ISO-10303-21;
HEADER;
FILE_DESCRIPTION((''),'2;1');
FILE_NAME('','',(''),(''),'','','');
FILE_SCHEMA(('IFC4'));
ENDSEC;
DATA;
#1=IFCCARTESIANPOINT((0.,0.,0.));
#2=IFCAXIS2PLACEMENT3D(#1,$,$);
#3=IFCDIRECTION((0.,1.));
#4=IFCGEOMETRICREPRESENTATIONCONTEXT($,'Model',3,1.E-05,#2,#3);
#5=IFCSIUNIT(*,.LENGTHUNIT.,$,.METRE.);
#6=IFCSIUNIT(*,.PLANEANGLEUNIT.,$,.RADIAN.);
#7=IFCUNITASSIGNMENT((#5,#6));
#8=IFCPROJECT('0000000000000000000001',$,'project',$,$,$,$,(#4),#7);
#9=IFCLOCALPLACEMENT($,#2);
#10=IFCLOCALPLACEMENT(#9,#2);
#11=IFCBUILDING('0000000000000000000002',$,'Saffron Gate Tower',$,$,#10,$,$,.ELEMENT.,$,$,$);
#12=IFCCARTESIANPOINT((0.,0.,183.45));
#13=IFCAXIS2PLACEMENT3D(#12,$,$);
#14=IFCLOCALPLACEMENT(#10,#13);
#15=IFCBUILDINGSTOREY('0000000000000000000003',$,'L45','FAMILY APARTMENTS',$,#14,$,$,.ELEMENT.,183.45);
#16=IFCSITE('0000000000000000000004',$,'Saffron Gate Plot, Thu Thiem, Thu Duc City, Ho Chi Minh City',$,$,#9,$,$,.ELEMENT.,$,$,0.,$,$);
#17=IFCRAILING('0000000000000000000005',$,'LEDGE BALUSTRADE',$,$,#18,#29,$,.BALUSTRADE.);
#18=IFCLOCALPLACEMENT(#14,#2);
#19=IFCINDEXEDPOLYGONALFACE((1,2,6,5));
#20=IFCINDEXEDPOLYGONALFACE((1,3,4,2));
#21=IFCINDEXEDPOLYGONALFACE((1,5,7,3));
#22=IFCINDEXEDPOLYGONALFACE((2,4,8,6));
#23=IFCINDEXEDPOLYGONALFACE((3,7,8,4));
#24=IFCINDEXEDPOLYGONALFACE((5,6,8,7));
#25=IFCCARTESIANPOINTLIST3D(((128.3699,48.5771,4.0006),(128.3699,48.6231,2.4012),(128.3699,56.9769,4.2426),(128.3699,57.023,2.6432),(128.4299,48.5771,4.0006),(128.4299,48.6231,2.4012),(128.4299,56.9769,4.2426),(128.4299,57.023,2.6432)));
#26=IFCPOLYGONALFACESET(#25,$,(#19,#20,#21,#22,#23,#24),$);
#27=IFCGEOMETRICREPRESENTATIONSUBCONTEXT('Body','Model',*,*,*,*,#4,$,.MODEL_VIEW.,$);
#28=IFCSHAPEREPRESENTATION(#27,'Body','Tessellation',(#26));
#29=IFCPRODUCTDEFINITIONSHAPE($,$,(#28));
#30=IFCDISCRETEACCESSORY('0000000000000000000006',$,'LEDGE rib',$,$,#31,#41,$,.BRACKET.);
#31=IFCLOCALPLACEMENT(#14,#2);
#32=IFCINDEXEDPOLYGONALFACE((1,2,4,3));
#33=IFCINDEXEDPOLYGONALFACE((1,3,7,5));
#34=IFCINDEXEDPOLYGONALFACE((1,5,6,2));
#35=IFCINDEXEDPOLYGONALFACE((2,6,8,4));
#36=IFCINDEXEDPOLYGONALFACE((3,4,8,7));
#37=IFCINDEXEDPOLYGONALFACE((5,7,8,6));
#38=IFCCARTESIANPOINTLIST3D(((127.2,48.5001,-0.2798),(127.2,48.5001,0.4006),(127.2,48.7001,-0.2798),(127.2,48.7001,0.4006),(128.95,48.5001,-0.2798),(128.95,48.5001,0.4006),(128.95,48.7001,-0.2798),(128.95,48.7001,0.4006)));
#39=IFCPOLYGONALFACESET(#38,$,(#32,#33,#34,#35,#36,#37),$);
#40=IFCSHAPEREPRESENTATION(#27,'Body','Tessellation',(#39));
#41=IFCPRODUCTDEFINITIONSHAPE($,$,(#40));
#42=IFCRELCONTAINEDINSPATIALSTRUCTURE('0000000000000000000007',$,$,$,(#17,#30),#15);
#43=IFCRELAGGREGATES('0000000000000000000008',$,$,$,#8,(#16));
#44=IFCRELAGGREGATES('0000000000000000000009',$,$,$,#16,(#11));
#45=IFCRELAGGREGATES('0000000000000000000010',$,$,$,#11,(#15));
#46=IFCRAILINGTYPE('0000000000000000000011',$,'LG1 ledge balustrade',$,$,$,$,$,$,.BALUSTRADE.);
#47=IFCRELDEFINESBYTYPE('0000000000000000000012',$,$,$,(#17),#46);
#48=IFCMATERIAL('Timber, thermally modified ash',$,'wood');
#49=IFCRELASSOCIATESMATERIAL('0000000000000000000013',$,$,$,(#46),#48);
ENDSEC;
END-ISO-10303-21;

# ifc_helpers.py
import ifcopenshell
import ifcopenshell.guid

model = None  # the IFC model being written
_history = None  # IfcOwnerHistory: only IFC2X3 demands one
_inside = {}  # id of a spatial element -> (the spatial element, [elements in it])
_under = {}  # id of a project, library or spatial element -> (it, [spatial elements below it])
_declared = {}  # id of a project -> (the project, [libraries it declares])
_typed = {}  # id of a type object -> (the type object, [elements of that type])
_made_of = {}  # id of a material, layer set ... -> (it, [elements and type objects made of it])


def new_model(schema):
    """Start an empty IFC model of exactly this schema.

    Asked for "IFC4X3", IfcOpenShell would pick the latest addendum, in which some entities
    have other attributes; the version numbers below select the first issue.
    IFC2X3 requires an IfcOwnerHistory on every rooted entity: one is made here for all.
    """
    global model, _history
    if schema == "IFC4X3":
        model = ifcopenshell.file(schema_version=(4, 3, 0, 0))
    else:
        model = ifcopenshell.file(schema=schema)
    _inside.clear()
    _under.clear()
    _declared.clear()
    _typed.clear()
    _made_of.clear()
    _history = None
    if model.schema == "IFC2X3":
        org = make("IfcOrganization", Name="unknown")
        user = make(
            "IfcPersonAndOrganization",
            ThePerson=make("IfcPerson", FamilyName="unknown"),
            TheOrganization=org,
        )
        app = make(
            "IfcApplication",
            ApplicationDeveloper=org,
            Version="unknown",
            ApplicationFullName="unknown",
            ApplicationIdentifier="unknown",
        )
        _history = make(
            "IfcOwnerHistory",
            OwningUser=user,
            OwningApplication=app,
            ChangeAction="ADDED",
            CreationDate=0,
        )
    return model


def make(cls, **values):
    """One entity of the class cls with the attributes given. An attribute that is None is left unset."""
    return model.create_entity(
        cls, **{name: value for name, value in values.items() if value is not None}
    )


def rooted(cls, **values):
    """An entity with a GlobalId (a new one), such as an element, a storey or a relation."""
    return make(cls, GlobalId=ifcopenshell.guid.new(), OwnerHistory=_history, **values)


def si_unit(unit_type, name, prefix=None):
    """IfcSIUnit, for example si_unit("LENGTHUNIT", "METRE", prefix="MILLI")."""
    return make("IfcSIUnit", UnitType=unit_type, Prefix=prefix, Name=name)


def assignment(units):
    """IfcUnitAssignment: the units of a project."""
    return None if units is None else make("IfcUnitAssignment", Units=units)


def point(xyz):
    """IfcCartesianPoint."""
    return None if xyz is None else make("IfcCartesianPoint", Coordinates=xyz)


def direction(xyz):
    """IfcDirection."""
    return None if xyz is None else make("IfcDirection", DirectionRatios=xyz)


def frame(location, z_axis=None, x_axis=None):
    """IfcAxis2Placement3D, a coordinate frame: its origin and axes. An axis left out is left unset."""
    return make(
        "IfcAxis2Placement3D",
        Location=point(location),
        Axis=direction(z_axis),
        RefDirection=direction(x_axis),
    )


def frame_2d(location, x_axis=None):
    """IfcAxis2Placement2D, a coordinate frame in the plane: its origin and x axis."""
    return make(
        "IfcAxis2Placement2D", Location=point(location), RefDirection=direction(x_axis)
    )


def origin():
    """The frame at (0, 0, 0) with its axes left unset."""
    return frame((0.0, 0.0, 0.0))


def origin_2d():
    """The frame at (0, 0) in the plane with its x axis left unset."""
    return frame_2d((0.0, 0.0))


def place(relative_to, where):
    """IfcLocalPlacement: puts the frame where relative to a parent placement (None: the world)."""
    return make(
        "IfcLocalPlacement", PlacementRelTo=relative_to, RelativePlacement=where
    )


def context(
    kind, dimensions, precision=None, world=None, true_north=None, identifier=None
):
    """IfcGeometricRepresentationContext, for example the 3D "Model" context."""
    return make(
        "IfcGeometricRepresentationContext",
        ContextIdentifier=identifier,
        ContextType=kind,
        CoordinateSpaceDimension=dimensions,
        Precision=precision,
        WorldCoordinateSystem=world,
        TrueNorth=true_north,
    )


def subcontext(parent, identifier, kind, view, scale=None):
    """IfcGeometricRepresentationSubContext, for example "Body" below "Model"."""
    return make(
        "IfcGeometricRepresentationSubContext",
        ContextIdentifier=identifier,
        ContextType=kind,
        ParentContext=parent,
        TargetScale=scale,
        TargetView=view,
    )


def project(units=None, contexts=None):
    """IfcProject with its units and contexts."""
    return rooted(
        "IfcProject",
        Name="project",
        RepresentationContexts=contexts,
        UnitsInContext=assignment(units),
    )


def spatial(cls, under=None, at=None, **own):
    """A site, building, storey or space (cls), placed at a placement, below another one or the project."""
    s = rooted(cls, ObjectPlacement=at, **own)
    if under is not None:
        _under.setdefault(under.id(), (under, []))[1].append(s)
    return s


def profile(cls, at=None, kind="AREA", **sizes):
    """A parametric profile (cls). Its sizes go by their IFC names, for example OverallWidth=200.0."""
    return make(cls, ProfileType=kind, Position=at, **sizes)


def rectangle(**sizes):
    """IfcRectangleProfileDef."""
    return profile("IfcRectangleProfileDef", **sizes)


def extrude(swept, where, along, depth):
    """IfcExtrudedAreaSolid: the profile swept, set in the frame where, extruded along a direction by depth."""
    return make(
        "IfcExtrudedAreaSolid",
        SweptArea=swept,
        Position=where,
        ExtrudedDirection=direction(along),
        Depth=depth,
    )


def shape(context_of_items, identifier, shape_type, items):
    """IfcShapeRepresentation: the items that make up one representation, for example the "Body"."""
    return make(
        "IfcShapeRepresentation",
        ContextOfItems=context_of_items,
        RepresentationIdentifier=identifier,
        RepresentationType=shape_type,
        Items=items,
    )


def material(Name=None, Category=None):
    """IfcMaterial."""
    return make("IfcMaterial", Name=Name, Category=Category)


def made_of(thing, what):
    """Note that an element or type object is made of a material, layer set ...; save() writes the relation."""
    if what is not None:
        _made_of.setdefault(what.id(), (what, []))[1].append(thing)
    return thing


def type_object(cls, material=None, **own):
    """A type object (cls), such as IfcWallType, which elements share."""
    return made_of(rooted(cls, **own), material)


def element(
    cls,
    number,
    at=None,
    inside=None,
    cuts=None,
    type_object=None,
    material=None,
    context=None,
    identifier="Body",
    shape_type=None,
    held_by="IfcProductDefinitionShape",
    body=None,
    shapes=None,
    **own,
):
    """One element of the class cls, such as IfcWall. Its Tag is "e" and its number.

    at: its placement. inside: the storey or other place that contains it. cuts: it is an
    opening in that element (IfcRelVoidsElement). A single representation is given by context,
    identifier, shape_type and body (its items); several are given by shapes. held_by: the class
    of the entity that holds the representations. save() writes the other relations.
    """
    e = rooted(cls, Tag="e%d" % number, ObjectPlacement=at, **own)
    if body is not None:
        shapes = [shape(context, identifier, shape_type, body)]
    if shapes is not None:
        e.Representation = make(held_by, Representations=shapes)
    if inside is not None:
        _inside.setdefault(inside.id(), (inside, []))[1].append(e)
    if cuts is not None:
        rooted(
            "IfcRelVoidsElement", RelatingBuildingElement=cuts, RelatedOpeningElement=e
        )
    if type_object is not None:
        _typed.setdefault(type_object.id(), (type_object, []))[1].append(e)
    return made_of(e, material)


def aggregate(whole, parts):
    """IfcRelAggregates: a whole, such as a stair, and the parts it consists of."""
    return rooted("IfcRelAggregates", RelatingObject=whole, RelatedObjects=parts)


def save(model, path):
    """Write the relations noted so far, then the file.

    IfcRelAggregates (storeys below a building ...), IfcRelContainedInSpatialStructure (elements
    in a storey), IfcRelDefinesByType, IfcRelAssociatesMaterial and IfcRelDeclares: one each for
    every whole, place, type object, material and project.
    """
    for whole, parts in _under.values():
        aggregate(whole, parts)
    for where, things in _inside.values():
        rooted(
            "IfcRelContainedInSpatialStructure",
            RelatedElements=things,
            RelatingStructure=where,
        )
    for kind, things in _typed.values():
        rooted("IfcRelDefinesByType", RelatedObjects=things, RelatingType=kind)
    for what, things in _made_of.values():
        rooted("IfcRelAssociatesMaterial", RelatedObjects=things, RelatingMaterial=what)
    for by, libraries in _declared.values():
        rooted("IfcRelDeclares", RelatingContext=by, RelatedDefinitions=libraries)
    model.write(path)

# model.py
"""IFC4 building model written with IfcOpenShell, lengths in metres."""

from ifc_helpers import new_model, si_unit, direction, frame, origin, origin_2d, place, context, subcontext, project, spatial, rectangle, extrude, material, type_object, element, save


model = new_model("IFC4")

# Units and contexts
model_context = context("Model", 3, precision=1e-05, world=origin(), true_north=direction((0.0, 1.0)))
body_context = subcontext(model_context, "Body", "Model", "MODEL_VIEW")
ifc_project = project(units=[si_unit("LENGTHUNIT", "METRE"), si_unit("PLANEANGLEUNIT", "RADIAN")], contexts=[model_context])

# Site, building, storey
site_placement = place(None, origin())
site = spatial("IfcSite", under=ifc_project, at=site_placement, Name="Saffron Gate Plot, Thu Thiem, Thu Duc City, Ho Chi Minh City", CompositionType="ELEMENT", RefElevation=0.0)
building_placement = place(site_placement, origin())
building = spatial("IfcBuilding", under=site, at=building_placement, Name="Saffron Gate Tower", CompositionType="ELEMENT")
storey_placement = place(building_placement, frame((0.0, 0.0, 183.45)))
storey = spatial("IfcBuildingStorey", under=building, at=storey_placement, Name="L45", Description="FAMILY APARTMENTS", CompositionType="ELEMENT", Elevation=183.45)

# Shared definitions
ifc_material_1 = material(Name="Timber, thermally modified ash", Category="wood")

# Railing
railing_type = type_object("IfcRailingType", Name="LG1 ledge balustrade", PredefinedType="BALUSTRADE", material=ifc_material_1)
railing_placement = place(storey_placement, frame((128.3999, 48.6001, 2.4009)))
element("IfcRailing", 1, at=railing_placement, inside=storey, type_object=railing_type, Name="LEDGE BALUSTRADE", PredefinedType="BALUSTRADE", context=body_context, shape_type="SweptSolid", body=[
    extrude(rectangle(XDim=0.0601, YDim=1.6001, at=origin_2d()), frame((0.0, 0.0, 0.8), z_axis=(0.0, 0.999585, 0.028791), x_axis=(-1.0, 0.0, 0.0)), (0.0, 0.0, 1.0), 8.4033),
])

# Discrete accessory
discrete_accessory_placement = place(storey_placement, frame((128.075, 48.6001, -0.2798), z_axis=(0.0, 0.0, 1.0), x_axis=(0.0, 1.0, 0.0)))
element("IfcDiscreteAccessory", 2, at=discrete_accessory_placement, inside=storey, Name="LEDGE rib", PredefinedType="BRACKET", context=body_context, shape_type="SweptSolid", body=[
    extrude(rectangle(XDim=0.2, YDim=1.75, at=origin_2d()), origin(), (0.0, 0.0, 1.0), 0.6804),
])

save(model, "model.ifc")
